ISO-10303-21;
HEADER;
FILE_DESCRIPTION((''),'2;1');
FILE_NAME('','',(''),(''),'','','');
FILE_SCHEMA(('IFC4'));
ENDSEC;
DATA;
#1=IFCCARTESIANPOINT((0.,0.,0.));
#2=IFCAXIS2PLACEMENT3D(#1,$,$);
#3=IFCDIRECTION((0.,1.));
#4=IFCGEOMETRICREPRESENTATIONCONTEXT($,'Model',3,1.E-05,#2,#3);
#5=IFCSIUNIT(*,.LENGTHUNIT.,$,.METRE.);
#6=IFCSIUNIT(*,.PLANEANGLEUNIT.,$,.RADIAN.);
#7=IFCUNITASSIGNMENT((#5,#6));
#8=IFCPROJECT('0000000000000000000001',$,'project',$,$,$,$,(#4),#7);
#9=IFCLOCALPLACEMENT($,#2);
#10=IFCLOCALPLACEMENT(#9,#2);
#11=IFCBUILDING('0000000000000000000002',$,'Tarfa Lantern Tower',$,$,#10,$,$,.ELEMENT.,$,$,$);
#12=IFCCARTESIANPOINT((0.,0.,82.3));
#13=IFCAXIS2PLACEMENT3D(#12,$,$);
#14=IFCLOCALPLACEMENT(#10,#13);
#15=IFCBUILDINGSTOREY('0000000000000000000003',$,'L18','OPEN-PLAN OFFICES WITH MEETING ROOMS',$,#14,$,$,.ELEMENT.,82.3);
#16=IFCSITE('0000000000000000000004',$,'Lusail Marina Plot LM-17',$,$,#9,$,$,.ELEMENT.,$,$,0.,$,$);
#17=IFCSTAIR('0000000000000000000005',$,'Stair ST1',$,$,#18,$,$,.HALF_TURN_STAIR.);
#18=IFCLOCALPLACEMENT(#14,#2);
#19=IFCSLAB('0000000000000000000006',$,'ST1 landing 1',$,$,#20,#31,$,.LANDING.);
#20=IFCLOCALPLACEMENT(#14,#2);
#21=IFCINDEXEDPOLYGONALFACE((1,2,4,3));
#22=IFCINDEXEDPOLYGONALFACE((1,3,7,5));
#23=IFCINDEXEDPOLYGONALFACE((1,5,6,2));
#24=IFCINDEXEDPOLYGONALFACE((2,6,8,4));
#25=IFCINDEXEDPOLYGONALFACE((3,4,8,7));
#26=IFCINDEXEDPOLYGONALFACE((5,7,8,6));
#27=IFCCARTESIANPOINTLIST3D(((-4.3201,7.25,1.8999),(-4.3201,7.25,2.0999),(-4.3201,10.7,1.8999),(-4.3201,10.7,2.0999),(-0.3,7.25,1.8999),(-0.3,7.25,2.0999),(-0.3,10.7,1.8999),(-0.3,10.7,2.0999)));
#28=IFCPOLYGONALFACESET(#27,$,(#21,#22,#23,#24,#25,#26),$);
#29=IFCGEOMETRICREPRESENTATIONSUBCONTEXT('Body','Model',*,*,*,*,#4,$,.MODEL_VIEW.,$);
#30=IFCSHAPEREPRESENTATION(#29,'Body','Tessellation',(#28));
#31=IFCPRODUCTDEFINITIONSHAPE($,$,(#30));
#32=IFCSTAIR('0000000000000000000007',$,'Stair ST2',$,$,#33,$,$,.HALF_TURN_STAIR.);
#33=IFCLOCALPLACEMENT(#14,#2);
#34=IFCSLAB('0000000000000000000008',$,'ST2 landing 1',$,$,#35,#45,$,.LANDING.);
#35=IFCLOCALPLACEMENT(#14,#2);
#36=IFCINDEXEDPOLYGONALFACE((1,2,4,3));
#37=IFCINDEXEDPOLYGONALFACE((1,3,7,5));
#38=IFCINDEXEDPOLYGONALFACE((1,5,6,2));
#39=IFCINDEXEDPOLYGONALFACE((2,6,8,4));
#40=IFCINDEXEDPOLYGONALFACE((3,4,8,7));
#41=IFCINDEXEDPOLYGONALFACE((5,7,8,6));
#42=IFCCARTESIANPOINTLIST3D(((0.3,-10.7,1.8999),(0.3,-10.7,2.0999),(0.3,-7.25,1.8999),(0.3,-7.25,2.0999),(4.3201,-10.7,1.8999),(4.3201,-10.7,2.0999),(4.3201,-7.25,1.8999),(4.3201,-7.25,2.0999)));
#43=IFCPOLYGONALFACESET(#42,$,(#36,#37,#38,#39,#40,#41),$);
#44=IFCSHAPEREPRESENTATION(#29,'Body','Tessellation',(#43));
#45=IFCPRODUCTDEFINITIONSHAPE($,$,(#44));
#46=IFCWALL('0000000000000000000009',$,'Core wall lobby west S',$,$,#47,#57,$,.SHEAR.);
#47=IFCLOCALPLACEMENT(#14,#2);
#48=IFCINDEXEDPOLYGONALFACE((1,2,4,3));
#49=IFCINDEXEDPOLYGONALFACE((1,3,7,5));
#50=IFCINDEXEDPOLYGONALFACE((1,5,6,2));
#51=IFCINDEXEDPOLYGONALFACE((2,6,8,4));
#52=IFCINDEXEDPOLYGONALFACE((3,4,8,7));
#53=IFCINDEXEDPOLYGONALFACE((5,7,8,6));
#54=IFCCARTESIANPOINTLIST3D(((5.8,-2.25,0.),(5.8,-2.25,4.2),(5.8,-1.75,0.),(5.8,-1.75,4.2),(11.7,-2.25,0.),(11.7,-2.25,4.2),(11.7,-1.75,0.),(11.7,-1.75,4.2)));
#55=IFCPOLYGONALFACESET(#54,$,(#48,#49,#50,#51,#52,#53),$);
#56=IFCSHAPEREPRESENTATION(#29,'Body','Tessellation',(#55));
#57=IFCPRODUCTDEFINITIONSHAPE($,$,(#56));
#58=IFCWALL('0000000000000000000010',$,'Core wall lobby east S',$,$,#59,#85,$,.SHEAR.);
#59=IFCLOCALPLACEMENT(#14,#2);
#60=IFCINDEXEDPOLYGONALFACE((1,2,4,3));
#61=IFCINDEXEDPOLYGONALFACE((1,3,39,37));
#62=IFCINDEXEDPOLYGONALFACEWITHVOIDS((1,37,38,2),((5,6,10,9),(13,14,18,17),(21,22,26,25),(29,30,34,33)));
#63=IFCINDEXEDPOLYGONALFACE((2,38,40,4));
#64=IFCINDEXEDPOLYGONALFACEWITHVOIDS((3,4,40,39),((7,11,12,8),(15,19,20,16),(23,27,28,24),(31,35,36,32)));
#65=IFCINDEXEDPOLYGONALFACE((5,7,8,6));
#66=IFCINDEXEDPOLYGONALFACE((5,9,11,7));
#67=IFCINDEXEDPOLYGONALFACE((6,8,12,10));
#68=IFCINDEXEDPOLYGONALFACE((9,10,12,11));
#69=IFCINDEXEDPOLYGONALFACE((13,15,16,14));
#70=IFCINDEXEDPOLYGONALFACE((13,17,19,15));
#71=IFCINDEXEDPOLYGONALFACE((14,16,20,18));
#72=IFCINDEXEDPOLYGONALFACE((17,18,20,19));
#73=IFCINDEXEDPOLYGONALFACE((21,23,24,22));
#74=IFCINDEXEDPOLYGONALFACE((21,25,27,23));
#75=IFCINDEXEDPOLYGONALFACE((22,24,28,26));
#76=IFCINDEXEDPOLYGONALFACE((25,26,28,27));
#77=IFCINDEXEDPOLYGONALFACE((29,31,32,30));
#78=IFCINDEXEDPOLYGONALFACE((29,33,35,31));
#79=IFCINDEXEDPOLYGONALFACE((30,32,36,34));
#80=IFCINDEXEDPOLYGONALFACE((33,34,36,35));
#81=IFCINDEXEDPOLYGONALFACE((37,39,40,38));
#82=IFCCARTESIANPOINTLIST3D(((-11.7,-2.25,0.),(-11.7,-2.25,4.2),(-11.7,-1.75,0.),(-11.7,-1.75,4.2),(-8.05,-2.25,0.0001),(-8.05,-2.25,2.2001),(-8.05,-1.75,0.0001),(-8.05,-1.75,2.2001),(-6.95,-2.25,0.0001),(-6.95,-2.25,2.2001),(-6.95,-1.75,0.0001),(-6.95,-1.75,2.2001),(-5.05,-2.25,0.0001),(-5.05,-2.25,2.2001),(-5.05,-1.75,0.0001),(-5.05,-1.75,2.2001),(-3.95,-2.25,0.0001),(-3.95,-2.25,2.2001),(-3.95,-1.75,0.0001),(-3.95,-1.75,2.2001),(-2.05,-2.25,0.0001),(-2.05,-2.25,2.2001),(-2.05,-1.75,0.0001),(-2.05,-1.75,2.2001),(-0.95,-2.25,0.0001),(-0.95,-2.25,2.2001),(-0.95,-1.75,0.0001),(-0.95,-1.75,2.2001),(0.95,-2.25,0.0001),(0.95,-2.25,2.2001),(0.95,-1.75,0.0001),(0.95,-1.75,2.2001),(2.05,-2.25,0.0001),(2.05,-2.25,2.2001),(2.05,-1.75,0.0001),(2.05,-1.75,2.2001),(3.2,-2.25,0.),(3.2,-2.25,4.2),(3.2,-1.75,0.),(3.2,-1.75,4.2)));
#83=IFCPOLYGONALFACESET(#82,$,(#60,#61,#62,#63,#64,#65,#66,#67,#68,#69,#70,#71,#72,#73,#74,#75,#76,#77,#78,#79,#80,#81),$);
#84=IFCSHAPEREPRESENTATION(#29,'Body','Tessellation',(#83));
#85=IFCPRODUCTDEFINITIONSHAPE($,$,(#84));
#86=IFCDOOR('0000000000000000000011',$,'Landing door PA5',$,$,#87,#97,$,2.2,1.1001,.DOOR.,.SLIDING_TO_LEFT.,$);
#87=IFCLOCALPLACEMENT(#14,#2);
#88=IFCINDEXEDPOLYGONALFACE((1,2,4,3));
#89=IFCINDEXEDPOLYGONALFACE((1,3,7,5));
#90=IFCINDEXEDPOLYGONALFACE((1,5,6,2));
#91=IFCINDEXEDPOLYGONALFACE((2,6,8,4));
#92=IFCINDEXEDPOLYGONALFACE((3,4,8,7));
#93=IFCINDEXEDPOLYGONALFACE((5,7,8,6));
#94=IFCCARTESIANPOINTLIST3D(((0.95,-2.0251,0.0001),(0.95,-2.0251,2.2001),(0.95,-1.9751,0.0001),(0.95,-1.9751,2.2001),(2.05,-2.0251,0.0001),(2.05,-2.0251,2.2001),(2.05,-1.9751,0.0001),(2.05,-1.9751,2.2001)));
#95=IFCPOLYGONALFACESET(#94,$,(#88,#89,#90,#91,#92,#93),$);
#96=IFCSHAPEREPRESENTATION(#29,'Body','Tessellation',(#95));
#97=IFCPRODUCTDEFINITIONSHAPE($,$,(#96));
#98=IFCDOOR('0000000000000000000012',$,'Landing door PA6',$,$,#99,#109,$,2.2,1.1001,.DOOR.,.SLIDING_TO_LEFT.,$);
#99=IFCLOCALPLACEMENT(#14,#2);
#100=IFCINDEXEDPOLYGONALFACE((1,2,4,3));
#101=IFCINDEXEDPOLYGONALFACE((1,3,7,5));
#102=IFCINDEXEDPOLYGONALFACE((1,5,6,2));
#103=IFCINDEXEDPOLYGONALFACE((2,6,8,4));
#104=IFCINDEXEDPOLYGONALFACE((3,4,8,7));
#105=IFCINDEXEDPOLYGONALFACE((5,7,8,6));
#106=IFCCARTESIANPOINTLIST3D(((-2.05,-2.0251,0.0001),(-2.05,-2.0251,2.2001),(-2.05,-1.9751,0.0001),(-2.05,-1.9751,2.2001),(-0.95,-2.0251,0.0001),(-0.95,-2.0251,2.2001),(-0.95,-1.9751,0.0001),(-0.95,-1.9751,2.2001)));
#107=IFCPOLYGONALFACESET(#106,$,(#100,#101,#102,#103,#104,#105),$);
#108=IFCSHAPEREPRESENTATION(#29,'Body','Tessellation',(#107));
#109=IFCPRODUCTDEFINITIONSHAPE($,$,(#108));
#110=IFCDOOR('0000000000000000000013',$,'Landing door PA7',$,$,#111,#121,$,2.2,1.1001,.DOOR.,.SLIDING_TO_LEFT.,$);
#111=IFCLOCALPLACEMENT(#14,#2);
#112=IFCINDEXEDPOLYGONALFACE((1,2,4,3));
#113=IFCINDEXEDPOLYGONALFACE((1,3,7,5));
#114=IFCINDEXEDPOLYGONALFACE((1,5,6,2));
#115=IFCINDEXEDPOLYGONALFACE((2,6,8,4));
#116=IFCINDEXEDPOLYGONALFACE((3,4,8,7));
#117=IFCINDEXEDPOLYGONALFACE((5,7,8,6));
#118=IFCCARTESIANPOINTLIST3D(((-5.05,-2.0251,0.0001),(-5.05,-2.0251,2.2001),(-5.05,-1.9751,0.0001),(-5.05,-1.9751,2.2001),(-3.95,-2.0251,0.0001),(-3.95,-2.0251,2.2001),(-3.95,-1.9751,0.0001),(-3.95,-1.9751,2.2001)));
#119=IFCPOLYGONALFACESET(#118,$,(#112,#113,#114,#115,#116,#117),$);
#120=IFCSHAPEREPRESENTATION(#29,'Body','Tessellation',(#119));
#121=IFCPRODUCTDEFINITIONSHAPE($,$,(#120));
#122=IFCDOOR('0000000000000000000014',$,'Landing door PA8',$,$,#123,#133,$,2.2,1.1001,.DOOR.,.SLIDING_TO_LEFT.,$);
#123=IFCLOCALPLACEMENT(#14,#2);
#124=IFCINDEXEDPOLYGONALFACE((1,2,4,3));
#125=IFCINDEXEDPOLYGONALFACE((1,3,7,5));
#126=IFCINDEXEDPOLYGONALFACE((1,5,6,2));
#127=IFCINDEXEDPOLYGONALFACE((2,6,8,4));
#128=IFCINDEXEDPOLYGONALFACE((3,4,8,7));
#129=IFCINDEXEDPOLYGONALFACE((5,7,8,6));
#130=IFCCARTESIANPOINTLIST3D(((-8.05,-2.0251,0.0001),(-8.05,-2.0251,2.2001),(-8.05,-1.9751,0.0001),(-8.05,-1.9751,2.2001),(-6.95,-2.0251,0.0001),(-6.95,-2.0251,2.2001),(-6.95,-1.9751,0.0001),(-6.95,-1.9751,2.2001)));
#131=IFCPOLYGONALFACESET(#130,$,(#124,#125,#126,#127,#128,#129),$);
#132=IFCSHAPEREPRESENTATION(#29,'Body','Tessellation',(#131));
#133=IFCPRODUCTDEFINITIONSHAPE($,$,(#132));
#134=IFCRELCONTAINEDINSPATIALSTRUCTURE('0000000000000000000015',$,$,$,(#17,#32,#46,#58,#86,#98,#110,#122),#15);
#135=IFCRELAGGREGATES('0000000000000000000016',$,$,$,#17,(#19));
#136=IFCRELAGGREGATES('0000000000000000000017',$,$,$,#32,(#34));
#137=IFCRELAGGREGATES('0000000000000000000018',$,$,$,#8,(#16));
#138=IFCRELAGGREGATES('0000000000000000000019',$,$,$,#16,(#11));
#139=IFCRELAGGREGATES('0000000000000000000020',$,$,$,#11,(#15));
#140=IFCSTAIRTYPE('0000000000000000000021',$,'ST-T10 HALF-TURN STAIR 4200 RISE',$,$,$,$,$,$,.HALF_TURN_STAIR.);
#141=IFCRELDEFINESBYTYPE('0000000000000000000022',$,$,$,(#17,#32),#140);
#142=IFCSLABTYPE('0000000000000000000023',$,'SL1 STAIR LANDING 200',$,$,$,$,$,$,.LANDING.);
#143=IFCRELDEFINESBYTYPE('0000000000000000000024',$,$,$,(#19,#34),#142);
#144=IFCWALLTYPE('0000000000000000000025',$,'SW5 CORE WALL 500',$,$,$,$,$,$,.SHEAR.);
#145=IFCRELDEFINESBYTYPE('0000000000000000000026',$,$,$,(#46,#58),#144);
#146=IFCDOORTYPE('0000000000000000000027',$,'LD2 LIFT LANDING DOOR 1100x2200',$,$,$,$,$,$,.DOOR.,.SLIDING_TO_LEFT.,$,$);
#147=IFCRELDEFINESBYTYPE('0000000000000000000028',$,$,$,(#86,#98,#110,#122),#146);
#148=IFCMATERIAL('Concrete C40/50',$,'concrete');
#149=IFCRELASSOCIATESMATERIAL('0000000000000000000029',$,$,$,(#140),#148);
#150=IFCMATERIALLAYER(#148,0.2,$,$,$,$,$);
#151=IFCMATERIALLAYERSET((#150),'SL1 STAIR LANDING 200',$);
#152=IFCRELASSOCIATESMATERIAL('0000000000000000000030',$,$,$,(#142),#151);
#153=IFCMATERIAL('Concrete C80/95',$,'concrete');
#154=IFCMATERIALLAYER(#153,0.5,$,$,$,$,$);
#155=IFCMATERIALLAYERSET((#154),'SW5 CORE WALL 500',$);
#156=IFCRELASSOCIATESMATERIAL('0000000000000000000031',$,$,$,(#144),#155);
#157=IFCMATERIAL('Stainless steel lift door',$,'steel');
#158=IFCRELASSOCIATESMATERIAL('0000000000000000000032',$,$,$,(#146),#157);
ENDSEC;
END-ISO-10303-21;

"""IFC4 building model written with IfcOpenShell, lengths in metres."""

from ifc_helpers import new_model, si_unit, direction, frame, frame_2d, origin, place, context, subcontext, project, spatial, polyline, rectangle, outline, extrude, material, layer, layer_set, type_object, element, fill, aggregate, save


model = new_model("IFC4")

# Units and contexts
model_context = context("Model", 3, precision=1e-05, world=origin(), true_north=direction((0.0, 1.0)))
body_context = subcontext(model_context, "Body", "Model", "MODEL_VIEW")
ifc_project = project(units=[si_unit("LENGTHUNIT", "METRE"), si_unit("PLANEANGLEUNIT", "RADIAN")], contexts=[model_context])

# Site, building, storey
site_placement = place(None, origin())
site = spatial("IfcSite", under=ifc_project, at=site_placement, Name="Lusail Marina Plot LM-17", CompositionType="ELEMENT", RefElevation=0.0)
building_placement = place(site_placement, origin())
building = spatial("IfcBuilding", under=site, at=building_placement, Name="Tarfa Lantern Tower", CompositionType="ELEMENT")
storey_placement = place(building_placement, frame((0.0, 0.0, 82.3)))
storey = spatial("IfcBuildingStorey", under=building, at=storey_placement, Name="L18", Description="OPEN-PLAN OFFICES WITH MEETING ROOMS", CompositionType="ELEMENT", Elevation=82.3)

# Stairs, slabs
ifc_material_1 = material(Name="Concrete C40/50", Category="concrete")
stair_type = type_object("IfcStairType", Name="ST-T10 HALF-TURN STAIR 4200 RISE", PredefinedType="HALF_TURN_STAIR", material=ifc_material_1)
stair_1_placement = place(storey_placement, origin())
stair_1 = element("IfcStair", 1, at=stair_1_placement, inside=storey, type_object=stair_type, Name="Stair ST1", PredefinedType="HALF_TURN_STAIR")
ifc_layer_1 = layer(ifc_material_1, 0.2)
ifc_layer_set_1 = layer_set([ifc_layer_1], Name="SL1 STAIR LANDING 200")
slab_type = type_object("IfcSlabType", Name="SL1 STAIR LANDING 200", PredefinedType="LANDING", material=ifc_layer_set_1)
slab_1_placement = place(storey_placement, frame((0.0, 0.0, 1.8999)))
slab_1 = element("IfcSlab", 2, at=slab_1_placement, type_object=slab_type, Name="ST1 landing 1", PredefinedType="LANDING", context=body_context, shape_type="SweptSolid", body=[
    extrude(outline(polyline([(-4.3201, 7.25), (-0.3, 7.25), (-0.3, 10.7), (-4.3201, 10.7), (-4.3201, 7.25)])), origin(), (0.0, 0.0, 1.0), 0.2),
])
aggregate(stair_1, [slab_1])
stair_2_placement = place(storey_placement, origin())
stair_2 = element("IfcStair", 3, at=stair_2_placement, inside=storey, type_object=stair_type, Name="Stair ST2", PredefinedType="HALF_TURN_STAIR")
slab_2_placement = place(storey_placement, frame((0.0, 0.0, 1.8999)))
slab_2 = element("IfcSlab", 4, at=slab_2_placement, type_object=slab_type, Name="ST2 landing 1", PredefinedType="LANDING", context=body_context, shape_type="SweptSolid", body=[
    extrude(outline(polyline([(4.3201, -7.25), (0.3, -7.25), (0.3, -10.7), (4.3201, -10.7), (4.3201, -7.25)])), origin(), (0.0, 0.0, 1.0), 0.2),
])
aggregate(stair_2, [slab_2])

# Wall
ifc_material_2 = material(Name="Concrete C80/95", Category="concrete")
ifc_layer_2 = layer(ifc_material_2, 0.5)
ifc_layer_set_2 = layer_set([ifc_layer_2], Name="SW5 CORE WALL 500")
wall_type_1 = type_object("IfcWallType", Name="SW5 CORE WALL 500", PredefinedType="SHEAR", material=ifc_layer_set_2)
wall_1_placement = place(storey_placement, frame((11.7, -2.0, 0.0), z_axis=(0.0, 0.0, 1.0), x_axis=(-1.0, 0.0, 0.0)))
element("IfcWall", 5, at=wall_1_placement, inside=storey, type_object=wall_type_1, Name="Core wall lobby west S", PredefinedType="SHEAR", context=body_context, shape_type="SweptSolid", body=[
    extrude(rectangle(XDim=5.8999, YDim=0.5, at=frame_2d((2.95, 0.0))), origin(), (0.0, 0.0, 1.0), 4.2),
])

# Wall, openings, doors
wall_2_placement = place(storey_placement, frame((3.2, -2.0, 0.0), z_axis=(0.0, 0.0, 1.0), x_axis=(-1.0, 0.0, 0.0)))
wall_2 = element("IfcWall", 6, at=wall_2_placement, inside=storey, type_object=wall_type_1, Name="Core wall lobby east S", PredefinedType="SHEAR", context=body_context, shape_type="SweptSolid", body=[
    extrude(rectangle(XDim=14.8999, YDim=0.5, at=frame_2d((7.45, 0.0))), origin(), (0.0, 0.0, 1.0), 4.2),
])
opening_1_placement = place(wall_2_placement, frame((1.1499, 0.0, 0.0)))
opening_1 = element("IfcOpeningElement", 7, at=opening_1_placement, cuts=wall_2, PredefinedType="OPENING", context=body_context, shape_type="SweptSolid", body=[
    extrude(rectangle(XDim=1.1001, YDim=2.2, at=frame_2d((0.55, 1.1001))), frame((0.0, 0.26, 0.0), z_axis=(0.0, -1.0, 0.0), x_axis=(1.0, 0.0, 0.0)), (0.0, 0.0, 1.0), 0.52),
])
opening_2_placement = place(wall_2_placement, frame((4.1499, 0.0, 0.0)))
opening_2 = element("IfcOpeningElement", 8, at=opening_2_placement, cuts=wall_2, PredefinedType="OPENING", context=body_context, shape_type="SweptSolid", body=[
    extrude(rectangle(XDim=1.1001, YDim=2.2, at=frame_2d((0.55, 1.1001))), frame((0.0, 0.26, 0.0), z_axis=(0.0, -1.0, 0.0), x_axis=(1.0, 0.0, 0.0)), (0.0, 0.0, 1.0), 0.52),
])
opening_3_placement = place(wall_2_placement, frame((7.1499, 0.0, 0.0)))
opening_3 = element("IfcOpeningElement", 9, at=opening_3_placement, cuts=wall_2, PredefinedType="OPENING", context=body_context, shape_type="SweptSolid", body=[
    extrude(rectangle(XDim=1.1001, YDim=2.2, at=frame_2d((0.55, 1.1001))), frame((0.0, 0.26, 0.0), z_axis=(0.0, -1.0, 0.0), x_axis=(1.0, 0.0, 0.0)), (0.0, 0.0, 1.0), 0.52),
])
opening_4_placement = place(wall_2_placement, frame((10.1499, 0.0, 0.0)))
opening_4 = element("IfcOpeningElement", 10, at=opening_4_placement, cuts=wall_2, PredefinedType="OPENING", context=body_context, shape_type="SweptSolid", body=[
    extrude(rectangle(XDim=1.1001, YDim=2.2, at=frame_2d((0.55, 1.1001))), frame((0.0, 0.26, 0.0), z_axis=(0.0, -1.0, 0.0), x_axis=(1.0, 0.0, 0.0)), (0.0, 0.0, 1.0), 0.52),
])
ifc_material_3 = material(Name="Stainless steel lift door", Category="steel")
door_type_1 = type_object("IfcDoorType", Name="LD2 LIFT LANDING DOOR 1100x2200", OperationType="SLIDING_TO_LEFT", PredefinedType="DOOR", material=ifc_material_3)
door_1_placement = place(opening_1_placement, frame((1.1001, 0.0, 0.0), z_axis=(0.0, 0.0, 1.0), x_axis=(-1.0, 0.0, 0.0)))
door_1 = element("IfcDoor", 11, at=door_1_placement, inside=storey, type_object=door_type_1, Name="Landing door PA5", OperationType="SLIDING_TO_LEFT", OverallHeight=2.2, OverallWidth=1.1001, PredefinedType="DOOR", context=body_context, shape_type="SweptSolid", body=[
    extrude(rectangle(XDim=1.1001, YDim=2.2, at=frame_2d((0.55, 1.1001))), frame((0.0, 0.0249, 0.0), z_axis=(0.0, -1.0, 0.0), x_axis=(1.0, 0.0, 0.0)), (0.0, 0.0, 1.0), 0.05),
])
fill(opening_1, door_1)
door_2_placement = place(opening_2_placement, frame((1.1001, 0.0, 0.0), z_axis=(0.0, 0.0, 1.0), x_axis=(-1.0, 0.0, 0.0)))
door_2 = element("IfcDoor", 12, at=door_2_placement, inside=storey, type_object=door_type_1, Name="Landing door PA6", OperationType="SLIDING_TO_LEFT", OverallHeight=2.2, OverallWidth=1.1001, PredefinedType="DOOR", context=body_context, shape_type="SweptSolid", body=[
    extrude(rectangle(XDim=1.1001, YDim=2.2, at=frame_2d((0.55, 1.1001))), frame((0.0, 0.0249, 0.0), z_axis=(0.0, -1.0, 0.0), x_axis=(1.0, 0.0, 0.0)), (0.0, 0.0, 1.0), 0.05),
])
fill(opening_2, door_2)
door_3_placement = place(opening_3_placement, frame((1.1001, 0.0, 0.0), z_axis=(0.0, 0.0, 1.0), x_axis=(-1.0, 0.0, 0.0)))
door_3 = element("IfcDoor", 13, at=door_3_placement, inside=storey, type_object=door_type_1, Name="Landing door PA7", OperationType="SLIDING_TO_LEFT", OverallHeight=2.2, OverallWidth=1.1001, PredefinedType="DOOR", context=body_context, shape_type="SweptSolid", body=[
    extrude(rectangle(XDim=1.1001, YDim=2.2, at=frame_2d((0.55, 1.1001))), frame((0.0, 0.0249, 0.0), z_axis=(0.0, -1.0, 0.0), x_axis=(1.0, 0.0, 0.0)), (0.0, 0.0, 1.0), 0.05),
])
fill(opening_3, door_3)
door_4_placement = place(opening_4_placement, frame((1.1001, 0.0, 0.0), z_axis=(0.0, 0.0, 1.0), x_axis=(-1.0, 0.0, 0.0)))
door_4 = element("IfcDoor", 14, at=door_4_placement, inside=storey, type_object=door_type_1, Name="Landing door PA8", OperationType="SLIDING_TO_LEFT", OverallHeight=2.2, OverallWidth=1.1001, PredefinedType="DOOR", context=body_context, shape_type="SweptSolid", body=[
    extrude(rectangle(XDim=1.1001, YDim=2.2, at=frame_2d((0.55, 1.1001))), frame((0.0, 0.0249, 0.0), z_axis=(0.0, -1.0, 0.0), x_axis=(1.0, 0.0, 0.0)), (0.0, 0.0, 1.0), 0.05),
])
fill(opening_4, door_4)

save(model, "model.ifc")
